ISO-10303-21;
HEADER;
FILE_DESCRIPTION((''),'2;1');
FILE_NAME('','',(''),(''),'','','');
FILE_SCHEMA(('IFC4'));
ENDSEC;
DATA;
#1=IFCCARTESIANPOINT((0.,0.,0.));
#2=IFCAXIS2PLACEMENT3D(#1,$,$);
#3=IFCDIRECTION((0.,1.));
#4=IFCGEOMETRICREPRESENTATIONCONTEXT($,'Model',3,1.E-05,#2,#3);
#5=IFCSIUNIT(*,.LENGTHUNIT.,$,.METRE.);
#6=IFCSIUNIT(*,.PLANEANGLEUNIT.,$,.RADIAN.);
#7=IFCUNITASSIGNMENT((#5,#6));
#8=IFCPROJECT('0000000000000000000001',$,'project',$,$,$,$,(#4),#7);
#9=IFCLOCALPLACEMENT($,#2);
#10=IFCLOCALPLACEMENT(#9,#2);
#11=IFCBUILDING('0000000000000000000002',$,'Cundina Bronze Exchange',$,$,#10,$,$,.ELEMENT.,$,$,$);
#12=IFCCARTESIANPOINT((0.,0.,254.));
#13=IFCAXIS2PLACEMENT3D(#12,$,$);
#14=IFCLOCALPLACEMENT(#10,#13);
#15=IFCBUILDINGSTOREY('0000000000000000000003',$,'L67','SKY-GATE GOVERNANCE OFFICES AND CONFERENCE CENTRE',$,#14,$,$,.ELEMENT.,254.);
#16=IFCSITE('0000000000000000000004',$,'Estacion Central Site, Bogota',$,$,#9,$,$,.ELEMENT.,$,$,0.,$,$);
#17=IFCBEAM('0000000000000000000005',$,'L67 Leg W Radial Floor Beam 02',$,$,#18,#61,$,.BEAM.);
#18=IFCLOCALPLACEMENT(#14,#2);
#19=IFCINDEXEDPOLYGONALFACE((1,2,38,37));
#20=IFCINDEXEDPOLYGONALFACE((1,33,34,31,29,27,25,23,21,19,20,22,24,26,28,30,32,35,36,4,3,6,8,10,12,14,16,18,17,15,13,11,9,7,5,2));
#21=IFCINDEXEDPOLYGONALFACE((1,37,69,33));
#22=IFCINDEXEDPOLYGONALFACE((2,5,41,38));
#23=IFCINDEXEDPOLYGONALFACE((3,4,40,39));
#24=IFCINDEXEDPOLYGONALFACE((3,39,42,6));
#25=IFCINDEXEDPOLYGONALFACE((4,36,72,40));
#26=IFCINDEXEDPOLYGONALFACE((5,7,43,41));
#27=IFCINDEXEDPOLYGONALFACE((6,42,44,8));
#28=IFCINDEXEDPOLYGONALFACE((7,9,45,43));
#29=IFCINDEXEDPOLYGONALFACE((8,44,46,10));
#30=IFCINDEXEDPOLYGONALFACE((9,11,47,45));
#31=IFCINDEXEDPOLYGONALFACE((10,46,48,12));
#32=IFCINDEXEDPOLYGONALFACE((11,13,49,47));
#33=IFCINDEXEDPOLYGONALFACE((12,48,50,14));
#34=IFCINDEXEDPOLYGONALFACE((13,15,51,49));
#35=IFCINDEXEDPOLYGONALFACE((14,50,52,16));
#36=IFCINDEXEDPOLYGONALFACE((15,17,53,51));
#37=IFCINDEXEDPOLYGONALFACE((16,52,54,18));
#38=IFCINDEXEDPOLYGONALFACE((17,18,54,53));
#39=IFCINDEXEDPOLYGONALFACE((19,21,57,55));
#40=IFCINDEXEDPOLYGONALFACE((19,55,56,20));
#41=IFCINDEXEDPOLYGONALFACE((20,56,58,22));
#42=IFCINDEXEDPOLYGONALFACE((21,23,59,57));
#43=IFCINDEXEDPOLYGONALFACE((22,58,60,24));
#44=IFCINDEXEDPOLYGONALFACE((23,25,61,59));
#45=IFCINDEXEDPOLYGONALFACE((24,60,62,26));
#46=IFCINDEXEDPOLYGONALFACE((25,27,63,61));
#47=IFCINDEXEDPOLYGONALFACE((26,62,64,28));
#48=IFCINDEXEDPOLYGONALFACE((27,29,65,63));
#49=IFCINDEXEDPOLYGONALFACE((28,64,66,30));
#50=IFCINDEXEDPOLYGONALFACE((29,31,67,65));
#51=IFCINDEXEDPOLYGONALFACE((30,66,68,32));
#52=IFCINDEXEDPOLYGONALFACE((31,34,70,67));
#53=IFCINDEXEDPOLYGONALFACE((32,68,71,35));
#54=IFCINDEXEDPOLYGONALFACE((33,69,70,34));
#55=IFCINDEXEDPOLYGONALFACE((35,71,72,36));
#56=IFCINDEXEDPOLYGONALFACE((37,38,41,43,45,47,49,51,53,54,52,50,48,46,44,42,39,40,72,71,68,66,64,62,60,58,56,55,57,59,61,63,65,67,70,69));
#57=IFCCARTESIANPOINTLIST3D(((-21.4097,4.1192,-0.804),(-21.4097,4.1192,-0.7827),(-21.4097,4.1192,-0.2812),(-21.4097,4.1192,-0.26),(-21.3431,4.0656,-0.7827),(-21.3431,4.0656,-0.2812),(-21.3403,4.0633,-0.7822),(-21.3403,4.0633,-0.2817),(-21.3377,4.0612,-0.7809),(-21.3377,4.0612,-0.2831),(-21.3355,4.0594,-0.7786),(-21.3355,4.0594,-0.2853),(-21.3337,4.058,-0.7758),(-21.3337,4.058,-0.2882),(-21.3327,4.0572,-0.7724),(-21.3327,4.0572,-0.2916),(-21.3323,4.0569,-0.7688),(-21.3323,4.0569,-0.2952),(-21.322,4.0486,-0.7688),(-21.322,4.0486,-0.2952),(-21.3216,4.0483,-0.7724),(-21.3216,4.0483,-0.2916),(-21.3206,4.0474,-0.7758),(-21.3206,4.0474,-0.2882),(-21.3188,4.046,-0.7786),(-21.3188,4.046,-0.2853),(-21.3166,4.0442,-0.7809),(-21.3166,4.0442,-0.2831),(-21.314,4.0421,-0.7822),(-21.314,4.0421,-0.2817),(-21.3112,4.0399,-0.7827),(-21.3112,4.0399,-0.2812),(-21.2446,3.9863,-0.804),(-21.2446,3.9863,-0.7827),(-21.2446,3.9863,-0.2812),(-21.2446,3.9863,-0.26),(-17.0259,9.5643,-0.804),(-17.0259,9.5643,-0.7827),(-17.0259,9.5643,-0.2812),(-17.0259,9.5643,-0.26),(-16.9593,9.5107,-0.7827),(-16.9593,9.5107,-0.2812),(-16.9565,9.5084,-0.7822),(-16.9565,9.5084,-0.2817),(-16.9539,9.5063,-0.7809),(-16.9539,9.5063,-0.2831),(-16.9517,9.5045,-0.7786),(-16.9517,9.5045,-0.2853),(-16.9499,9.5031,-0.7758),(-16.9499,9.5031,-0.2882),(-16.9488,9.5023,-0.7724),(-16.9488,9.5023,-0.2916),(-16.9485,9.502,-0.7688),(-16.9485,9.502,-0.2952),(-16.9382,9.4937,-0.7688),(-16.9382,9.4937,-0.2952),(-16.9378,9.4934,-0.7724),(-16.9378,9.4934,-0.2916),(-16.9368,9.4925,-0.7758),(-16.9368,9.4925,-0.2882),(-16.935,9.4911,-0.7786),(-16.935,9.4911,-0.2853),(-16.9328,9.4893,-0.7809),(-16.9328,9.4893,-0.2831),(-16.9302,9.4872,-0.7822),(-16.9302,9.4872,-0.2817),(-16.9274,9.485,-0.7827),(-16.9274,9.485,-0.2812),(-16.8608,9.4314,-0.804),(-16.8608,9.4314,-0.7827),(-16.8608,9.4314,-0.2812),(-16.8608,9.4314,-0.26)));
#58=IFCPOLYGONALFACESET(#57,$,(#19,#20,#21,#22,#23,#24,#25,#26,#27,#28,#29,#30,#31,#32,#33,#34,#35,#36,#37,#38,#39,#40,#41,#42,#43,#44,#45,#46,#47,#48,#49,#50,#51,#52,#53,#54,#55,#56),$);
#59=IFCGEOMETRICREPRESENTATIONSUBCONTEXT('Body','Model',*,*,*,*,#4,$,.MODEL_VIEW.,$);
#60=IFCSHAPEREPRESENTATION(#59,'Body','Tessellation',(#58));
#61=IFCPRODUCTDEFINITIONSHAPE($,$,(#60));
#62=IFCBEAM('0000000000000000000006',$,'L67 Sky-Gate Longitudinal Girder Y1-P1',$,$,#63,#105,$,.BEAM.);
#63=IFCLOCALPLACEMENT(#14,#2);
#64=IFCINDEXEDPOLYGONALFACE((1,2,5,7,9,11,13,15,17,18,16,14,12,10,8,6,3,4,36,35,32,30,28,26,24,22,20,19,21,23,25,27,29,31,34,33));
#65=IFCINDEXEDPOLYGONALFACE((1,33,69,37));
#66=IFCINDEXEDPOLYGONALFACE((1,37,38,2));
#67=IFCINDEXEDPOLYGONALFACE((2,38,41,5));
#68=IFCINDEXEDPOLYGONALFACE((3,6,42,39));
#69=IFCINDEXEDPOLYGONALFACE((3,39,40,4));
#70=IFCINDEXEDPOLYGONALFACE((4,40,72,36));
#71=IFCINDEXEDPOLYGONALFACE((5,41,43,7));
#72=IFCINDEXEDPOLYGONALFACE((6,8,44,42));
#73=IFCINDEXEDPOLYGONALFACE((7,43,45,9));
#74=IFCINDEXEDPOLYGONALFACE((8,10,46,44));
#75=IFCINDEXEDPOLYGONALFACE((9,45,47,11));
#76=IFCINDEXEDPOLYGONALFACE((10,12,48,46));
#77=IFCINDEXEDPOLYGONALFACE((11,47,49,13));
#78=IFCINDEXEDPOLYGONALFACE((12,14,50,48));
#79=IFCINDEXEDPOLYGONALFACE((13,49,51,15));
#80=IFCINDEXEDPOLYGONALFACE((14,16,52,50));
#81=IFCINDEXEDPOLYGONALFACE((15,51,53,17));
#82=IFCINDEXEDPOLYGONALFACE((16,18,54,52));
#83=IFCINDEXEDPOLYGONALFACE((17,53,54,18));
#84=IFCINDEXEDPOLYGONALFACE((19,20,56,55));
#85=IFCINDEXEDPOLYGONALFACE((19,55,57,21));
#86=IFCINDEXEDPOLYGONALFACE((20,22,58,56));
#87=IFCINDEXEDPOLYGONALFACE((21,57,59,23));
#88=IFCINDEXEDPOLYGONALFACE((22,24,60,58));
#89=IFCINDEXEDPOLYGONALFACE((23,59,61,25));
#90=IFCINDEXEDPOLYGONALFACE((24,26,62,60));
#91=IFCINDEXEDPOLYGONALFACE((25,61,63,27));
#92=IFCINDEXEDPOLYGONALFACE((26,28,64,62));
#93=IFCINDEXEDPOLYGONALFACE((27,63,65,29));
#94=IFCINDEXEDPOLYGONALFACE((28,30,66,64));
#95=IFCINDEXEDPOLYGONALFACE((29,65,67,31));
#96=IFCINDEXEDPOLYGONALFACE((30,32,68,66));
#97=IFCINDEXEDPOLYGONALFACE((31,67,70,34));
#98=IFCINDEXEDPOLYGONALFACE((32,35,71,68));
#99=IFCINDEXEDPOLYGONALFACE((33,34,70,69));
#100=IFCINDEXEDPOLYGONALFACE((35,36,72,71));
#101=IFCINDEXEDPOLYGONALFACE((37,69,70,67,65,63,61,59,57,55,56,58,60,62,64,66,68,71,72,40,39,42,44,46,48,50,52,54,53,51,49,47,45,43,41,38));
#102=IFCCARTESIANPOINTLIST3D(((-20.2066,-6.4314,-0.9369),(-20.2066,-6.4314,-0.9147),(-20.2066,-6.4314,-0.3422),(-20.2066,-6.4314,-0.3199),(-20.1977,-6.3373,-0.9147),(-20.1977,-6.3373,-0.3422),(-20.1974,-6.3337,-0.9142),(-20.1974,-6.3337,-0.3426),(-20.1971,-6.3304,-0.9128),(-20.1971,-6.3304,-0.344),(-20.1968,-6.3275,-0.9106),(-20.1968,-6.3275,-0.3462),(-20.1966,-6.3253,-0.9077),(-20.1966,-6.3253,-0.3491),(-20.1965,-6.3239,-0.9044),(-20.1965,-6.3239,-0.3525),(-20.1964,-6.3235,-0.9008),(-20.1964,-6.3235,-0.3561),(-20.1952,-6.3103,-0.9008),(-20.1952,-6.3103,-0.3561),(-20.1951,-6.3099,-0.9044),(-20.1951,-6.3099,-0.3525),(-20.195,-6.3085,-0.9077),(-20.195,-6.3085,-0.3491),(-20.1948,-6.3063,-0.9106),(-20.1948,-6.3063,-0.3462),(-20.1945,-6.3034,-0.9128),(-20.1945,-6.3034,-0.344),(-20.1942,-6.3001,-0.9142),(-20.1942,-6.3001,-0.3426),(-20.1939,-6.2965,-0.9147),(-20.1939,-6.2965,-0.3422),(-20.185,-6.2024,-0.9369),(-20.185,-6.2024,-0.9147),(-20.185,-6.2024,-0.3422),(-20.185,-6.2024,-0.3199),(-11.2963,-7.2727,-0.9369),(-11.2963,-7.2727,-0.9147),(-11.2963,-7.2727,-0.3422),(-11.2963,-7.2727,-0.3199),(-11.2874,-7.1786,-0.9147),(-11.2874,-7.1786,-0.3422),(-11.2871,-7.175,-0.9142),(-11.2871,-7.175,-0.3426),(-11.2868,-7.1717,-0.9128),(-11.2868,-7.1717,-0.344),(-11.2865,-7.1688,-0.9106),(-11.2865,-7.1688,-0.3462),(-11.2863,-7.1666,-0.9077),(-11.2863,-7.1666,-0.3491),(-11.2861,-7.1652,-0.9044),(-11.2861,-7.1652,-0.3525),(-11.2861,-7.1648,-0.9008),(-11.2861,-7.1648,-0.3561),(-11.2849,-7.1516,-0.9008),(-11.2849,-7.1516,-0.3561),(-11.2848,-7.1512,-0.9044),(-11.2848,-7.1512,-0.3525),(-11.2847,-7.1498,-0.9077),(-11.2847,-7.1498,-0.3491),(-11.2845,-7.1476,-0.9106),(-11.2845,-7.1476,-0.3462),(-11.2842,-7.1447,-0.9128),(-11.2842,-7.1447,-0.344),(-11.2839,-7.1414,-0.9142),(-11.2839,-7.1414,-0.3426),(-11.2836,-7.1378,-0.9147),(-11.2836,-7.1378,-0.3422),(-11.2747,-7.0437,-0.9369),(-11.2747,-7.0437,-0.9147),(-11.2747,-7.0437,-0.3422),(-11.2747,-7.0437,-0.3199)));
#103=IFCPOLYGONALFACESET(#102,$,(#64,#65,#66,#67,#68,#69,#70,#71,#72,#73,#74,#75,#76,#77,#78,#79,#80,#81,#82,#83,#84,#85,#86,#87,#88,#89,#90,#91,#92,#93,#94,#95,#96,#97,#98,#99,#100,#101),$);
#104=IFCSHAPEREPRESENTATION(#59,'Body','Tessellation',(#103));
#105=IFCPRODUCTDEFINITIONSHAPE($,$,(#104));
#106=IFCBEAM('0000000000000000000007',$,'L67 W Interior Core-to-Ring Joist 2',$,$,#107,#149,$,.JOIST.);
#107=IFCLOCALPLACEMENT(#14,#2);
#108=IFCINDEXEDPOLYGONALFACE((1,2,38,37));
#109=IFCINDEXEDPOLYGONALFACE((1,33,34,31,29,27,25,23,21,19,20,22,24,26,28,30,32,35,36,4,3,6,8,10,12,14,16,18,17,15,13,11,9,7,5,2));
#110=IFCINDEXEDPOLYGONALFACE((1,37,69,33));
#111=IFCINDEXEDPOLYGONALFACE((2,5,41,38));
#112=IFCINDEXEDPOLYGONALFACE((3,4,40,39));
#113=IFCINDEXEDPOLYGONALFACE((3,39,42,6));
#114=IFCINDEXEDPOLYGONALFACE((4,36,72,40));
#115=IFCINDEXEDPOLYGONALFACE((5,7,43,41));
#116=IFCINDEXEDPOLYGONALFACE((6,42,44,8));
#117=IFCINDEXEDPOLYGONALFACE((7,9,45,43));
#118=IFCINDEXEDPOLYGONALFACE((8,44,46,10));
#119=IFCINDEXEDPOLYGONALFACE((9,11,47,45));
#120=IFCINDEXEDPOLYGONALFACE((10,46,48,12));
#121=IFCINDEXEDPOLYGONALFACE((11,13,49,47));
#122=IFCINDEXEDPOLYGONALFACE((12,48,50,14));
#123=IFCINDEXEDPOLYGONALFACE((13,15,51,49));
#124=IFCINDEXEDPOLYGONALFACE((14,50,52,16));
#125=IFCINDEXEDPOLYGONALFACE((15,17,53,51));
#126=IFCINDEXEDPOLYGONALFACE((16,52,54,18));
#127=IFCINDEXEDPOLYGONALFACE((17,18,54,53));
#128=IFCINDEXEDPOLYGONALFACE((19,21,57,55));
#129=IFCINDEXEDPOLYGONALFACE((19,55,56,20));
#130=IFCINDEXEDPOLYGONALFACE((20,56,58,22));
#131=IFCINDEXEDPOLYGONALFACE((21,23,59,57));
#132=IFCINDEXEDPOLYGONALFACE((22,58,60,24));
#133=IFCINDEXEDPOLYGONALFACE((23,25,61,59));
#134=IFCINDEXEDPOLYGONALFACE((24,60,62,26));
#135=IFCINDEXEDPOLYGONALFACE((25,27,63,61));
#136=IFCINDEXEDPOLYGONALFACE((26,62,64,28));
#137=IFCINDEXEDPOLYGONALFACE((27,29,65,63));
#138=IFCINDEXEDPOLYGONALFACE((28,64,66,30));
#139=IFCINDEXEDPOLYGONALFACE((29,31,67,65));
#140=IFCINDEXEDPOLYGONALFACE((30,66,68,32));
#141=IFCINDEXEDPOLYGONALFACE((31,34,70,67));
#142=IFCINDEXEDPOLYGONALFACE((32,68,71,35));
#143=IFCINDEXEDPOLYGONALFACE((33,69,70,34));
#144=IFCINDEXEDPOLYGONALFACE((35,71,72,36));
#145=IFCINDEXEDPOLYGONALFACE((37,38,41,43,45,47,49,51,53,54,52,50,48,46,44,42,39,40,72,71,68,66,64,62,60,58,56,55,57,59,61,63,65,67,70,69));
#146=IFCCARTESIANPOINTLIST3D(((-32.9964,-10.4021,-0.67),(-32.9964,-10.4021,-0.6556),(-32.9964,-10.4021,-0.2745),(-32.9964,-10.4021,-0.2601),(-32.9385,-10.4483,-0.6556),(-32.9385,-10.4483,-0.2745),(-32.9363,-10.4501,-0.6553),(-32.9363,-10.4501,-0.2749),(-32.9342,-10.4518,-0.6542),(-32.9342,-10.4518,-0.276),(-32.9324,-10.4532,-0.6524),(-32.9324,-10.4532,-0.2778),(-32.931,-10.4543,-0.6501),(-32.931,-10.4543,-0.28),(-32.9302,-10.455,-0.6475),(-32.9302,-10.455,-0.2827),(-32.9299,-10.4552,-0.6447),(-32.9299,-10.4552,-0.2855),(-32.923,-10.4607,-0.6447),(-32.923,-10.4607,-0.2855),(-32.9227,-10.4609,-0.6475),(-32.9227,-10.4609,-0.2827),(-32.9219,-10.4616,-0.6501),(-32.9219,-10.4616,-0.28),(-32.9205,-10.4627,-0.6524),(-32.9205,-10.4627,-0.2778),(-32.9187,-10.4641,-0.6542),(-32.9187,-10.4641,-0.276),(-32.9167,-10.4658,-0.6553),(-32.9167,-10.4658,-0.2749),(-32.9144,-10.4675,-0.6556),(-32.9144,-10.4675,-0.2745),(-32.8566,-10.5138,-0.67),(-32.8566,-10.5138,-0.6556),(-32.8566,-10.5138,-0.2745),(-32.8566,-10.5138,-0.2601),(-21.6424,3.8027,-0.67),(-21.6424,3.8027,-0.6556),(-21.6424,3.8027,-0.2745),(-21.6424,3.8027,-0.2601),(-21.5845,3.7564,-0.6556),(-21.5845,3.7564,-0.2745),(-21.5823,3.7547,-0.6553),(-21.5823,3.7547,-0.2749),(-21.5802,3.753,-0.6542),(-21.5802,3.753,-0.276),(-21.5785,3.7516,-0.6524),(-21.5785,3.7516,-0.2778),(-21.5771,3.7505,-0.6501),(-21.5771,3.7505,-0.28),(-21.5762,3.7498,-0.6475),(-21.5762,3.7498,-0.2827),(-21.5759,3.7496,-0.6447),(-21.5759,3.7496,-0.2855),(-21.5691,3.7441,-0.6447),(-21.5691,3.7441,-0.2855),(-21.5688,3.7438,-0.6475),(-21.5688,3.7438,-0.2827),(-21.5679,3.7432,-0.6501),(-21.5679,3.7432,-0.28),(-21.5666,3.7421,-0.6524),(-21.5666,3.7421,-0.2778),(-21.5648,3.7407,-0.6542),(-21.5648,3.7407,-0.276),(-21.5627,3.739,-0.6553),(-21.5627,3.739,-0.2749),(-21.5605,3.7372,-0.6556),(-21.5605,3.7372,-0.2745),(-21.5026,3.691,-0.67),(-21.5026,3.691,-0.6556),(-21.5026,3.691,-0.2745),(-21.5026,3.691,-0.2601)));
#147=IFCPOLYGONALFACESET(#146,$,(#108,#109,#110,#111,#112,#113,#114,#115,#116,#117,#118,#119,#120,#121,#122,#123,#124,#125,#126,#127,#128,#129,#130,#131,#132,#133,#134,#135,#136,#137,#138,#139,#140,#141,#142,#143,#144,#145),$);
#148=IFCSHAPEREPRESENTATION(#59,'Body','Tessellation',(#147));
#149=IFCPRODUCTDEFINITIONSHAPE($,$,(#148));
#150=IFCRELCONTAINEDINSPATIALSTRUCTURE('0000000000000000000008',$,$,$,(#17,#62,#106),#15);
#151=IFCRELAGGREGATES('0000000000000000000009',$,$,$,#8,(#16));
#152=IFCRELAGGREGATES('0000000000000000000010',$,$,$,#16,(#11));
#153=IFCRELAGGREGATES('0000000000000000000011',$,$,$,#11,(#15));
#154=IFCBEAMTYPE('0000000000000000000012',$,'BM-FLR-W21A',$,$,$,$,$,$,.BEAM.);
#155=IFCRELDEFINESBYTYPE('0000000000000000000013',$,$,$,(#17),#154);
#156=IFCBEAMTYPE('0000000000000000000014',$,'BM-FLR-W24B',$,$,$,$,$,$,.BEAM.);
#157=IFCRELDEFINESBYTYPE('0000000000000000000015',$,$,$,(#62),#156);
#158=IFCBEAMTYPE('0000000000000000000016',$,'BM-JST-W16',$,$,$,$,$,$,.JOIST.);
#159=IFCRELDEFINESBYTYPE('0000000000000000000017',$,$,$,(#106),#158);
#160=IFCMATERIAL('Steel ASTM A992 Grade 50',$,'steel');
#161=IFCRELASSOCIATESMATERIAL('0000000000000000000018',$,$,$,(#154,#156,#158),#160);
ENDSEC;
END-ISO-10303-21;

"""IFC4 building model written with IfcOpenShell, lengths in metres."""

from ifc_helpers import new_model, si_unit, direction, frame, origin, origin_2d, place, context, subcontext, project, spatial, i_section, extrude, material, material_profile, profile_set, type_object, element, save


model = new_model("IFC4")

# Units and contexts
model_context = context("Model", 3, precision=1e-05, world=origin(), true_north=direction((0.0, 1.0)))
body_context = subcontext(model_context, "Body", "Model", "MODEL_VIEW")
ifc_project = project(units=[si_unit("LENGTHUNIT", "METRE"), si_unit("PLANEANGLEUNIT", "RADIAN")], contexts=[model_context])

# Site, building, storey
site_placement = place(None, origin())
site = spatial("IfcSite", under=ifc_project, at=site_placement, Name="Estacion Central Site, Bogota", CompositionType="ELEMENT", RefElevation=0.0)
building_placement = place(site_placement, origin())
building = spatial("IfcBuilding", under=site, at=building_placement, Name="Cundina Bronze Exchange", CompositionType="ELEMENT")
storey_placement = place(building_placement, frame((0.0, 0.0, 254.0)))
storey = spatial("IfcBuildingStorey", under=building, at=storey_placement, Name="L67", Description="SKY-GATE GOVERNANCE OFFICES AND CONFERENCE CENTRE", CompositionType="ELEMENT", Elevation=254.0)

# Shared definitions
ifc_material_1 = material(Name="Steel ASTM A992 Grade 50", Category="steel")

# Beams
ifc_material_profile_1 = material_profile(ifc_material_1, i_section(OverallWidth=0.2119, OverallDepth=0.5439, WebThickness=0.0132, FlangeThickness=0.0212, FilletRadius=0.0139, at=origin_2d()), Name="W21X83", Category="steel")
ifc_profile_set_1 = profile_set([ifc_material_profile_1], Name="Steel ASTM A992 Grade 50")
beam_type_1 = type_object("IfcBeamType", Name="BM-FLR-W21A", PredefinedType="BEAM", material=ifc_profile_set_1)
beam_1_placement = place(storey_placement, frame((-21.3271, 4.0527, -0.532), z_axis=(0.627111, 0.77893, 0.0), x_axis=(-0.77893, 0.627111, 0.0)))
element("IfcBeam", 1, at=beam_1_placement, inside=storey, type_object=beam_type_1, Name="L67 Leg W Radial Floor Beam 02", PredefinedType="BEAM", context=body_context, shape_type="SweptSolid", body=[
    extrude(i_section(OverallWidth=0.2119, OverallDepth=0.5439, WebThickness=0.0132, FlangeThickness=0.0212, FilletRadius=0.0139, at=origin_2d()), origin(), (0.0, 0.0, 1.0), 6.9905),
])
ifc_material_profile_2 = material_profile(ifc_material_1, i_section(OverallWidth=0.23, OverallDepth=0.6169, WebThickness=0.0132, FlangeThickness=0.0222, FilletRadius=0.0139, at=origin_2d()), Name="W24X94", Category="steel")
ifc_profile_set_2 = profile_set([ifc_material_profile_2], Name="Steel ASTM A992 Grade 50")
beam_type_2 = type_object("IfcBeamType", Name="BM-FLR-W24B", PredefinedType="BEAM", material=ifc_profile_set_2)
beam_2_placement = place(storey_placement, frame((-20.1958, -6.3169, -0.6284), z_axis=(0.995572, -0.094001, 0.0), x_axis=(0.094001, 0.995572, 0.0)))
element("IfcBeam", 2, at=beam_2_placement, inside=storey, type_object=beam_type_2, Name="L67 Sky-Gate Longitudinal Girder Y1-P1", PredefinedType="BEAM", context=body_context, shape_type="SweptSolid", body=[
    extrude(i_section(OverallWidth=0.23, OverallDepth=0.6169, WebThickness=0.0132, FlangeThickness=0.0222, FilletRadius=0.0139, at=origin_2d()), origin(), (0.0, 0.0, 1.0), 8.95),
])
ifc_material_profile_3 = material_profile(ifc_material_1, i_section(OverallWidth=0.179, OverallDepth=0.4099, WebThickness=0.0088, FlangeThickness=0.0144, FilletRadius=0.011, at=origin_2d()), Name="W16X45", Category="steel")
ifc_profile_set_3 = profile_set([ifc_material_profile_3], Name="Steel ASTM A992 Grade 50")
beam_type_3 = type_object("IfcBeamType", Name="BM-JST-W16", PredefinedType="JOIST", material=ifc_profile_set_3)
beam_3_placement = place(storey_placement, frame((-21.5725, 3.7468, -0.4651), z_axis=(-0.624364, -0.781133, 0.0), x_axis=(0.781133, -0.624364, 0.0)))
element("IfcBeam", 3, at=beam_3_placement, inside=storey, type_object=beam_type_3, Name="L67 W Interior Core-to-Ring Joist 2", PredefinedType="JOIST", context=body_context, shape_type="SweptSolid", body=[
    extrude(i_section(OverallWidth=0.179, OverallDepth=0.4099, WebThickness=0.0088, FlangeThickness=0.0144, FilletRadius=0.011, at=origin_2d()), origin(), (0.0, 0.0, 1.0), 18.1848),
])

save(model, "model.ifc")
